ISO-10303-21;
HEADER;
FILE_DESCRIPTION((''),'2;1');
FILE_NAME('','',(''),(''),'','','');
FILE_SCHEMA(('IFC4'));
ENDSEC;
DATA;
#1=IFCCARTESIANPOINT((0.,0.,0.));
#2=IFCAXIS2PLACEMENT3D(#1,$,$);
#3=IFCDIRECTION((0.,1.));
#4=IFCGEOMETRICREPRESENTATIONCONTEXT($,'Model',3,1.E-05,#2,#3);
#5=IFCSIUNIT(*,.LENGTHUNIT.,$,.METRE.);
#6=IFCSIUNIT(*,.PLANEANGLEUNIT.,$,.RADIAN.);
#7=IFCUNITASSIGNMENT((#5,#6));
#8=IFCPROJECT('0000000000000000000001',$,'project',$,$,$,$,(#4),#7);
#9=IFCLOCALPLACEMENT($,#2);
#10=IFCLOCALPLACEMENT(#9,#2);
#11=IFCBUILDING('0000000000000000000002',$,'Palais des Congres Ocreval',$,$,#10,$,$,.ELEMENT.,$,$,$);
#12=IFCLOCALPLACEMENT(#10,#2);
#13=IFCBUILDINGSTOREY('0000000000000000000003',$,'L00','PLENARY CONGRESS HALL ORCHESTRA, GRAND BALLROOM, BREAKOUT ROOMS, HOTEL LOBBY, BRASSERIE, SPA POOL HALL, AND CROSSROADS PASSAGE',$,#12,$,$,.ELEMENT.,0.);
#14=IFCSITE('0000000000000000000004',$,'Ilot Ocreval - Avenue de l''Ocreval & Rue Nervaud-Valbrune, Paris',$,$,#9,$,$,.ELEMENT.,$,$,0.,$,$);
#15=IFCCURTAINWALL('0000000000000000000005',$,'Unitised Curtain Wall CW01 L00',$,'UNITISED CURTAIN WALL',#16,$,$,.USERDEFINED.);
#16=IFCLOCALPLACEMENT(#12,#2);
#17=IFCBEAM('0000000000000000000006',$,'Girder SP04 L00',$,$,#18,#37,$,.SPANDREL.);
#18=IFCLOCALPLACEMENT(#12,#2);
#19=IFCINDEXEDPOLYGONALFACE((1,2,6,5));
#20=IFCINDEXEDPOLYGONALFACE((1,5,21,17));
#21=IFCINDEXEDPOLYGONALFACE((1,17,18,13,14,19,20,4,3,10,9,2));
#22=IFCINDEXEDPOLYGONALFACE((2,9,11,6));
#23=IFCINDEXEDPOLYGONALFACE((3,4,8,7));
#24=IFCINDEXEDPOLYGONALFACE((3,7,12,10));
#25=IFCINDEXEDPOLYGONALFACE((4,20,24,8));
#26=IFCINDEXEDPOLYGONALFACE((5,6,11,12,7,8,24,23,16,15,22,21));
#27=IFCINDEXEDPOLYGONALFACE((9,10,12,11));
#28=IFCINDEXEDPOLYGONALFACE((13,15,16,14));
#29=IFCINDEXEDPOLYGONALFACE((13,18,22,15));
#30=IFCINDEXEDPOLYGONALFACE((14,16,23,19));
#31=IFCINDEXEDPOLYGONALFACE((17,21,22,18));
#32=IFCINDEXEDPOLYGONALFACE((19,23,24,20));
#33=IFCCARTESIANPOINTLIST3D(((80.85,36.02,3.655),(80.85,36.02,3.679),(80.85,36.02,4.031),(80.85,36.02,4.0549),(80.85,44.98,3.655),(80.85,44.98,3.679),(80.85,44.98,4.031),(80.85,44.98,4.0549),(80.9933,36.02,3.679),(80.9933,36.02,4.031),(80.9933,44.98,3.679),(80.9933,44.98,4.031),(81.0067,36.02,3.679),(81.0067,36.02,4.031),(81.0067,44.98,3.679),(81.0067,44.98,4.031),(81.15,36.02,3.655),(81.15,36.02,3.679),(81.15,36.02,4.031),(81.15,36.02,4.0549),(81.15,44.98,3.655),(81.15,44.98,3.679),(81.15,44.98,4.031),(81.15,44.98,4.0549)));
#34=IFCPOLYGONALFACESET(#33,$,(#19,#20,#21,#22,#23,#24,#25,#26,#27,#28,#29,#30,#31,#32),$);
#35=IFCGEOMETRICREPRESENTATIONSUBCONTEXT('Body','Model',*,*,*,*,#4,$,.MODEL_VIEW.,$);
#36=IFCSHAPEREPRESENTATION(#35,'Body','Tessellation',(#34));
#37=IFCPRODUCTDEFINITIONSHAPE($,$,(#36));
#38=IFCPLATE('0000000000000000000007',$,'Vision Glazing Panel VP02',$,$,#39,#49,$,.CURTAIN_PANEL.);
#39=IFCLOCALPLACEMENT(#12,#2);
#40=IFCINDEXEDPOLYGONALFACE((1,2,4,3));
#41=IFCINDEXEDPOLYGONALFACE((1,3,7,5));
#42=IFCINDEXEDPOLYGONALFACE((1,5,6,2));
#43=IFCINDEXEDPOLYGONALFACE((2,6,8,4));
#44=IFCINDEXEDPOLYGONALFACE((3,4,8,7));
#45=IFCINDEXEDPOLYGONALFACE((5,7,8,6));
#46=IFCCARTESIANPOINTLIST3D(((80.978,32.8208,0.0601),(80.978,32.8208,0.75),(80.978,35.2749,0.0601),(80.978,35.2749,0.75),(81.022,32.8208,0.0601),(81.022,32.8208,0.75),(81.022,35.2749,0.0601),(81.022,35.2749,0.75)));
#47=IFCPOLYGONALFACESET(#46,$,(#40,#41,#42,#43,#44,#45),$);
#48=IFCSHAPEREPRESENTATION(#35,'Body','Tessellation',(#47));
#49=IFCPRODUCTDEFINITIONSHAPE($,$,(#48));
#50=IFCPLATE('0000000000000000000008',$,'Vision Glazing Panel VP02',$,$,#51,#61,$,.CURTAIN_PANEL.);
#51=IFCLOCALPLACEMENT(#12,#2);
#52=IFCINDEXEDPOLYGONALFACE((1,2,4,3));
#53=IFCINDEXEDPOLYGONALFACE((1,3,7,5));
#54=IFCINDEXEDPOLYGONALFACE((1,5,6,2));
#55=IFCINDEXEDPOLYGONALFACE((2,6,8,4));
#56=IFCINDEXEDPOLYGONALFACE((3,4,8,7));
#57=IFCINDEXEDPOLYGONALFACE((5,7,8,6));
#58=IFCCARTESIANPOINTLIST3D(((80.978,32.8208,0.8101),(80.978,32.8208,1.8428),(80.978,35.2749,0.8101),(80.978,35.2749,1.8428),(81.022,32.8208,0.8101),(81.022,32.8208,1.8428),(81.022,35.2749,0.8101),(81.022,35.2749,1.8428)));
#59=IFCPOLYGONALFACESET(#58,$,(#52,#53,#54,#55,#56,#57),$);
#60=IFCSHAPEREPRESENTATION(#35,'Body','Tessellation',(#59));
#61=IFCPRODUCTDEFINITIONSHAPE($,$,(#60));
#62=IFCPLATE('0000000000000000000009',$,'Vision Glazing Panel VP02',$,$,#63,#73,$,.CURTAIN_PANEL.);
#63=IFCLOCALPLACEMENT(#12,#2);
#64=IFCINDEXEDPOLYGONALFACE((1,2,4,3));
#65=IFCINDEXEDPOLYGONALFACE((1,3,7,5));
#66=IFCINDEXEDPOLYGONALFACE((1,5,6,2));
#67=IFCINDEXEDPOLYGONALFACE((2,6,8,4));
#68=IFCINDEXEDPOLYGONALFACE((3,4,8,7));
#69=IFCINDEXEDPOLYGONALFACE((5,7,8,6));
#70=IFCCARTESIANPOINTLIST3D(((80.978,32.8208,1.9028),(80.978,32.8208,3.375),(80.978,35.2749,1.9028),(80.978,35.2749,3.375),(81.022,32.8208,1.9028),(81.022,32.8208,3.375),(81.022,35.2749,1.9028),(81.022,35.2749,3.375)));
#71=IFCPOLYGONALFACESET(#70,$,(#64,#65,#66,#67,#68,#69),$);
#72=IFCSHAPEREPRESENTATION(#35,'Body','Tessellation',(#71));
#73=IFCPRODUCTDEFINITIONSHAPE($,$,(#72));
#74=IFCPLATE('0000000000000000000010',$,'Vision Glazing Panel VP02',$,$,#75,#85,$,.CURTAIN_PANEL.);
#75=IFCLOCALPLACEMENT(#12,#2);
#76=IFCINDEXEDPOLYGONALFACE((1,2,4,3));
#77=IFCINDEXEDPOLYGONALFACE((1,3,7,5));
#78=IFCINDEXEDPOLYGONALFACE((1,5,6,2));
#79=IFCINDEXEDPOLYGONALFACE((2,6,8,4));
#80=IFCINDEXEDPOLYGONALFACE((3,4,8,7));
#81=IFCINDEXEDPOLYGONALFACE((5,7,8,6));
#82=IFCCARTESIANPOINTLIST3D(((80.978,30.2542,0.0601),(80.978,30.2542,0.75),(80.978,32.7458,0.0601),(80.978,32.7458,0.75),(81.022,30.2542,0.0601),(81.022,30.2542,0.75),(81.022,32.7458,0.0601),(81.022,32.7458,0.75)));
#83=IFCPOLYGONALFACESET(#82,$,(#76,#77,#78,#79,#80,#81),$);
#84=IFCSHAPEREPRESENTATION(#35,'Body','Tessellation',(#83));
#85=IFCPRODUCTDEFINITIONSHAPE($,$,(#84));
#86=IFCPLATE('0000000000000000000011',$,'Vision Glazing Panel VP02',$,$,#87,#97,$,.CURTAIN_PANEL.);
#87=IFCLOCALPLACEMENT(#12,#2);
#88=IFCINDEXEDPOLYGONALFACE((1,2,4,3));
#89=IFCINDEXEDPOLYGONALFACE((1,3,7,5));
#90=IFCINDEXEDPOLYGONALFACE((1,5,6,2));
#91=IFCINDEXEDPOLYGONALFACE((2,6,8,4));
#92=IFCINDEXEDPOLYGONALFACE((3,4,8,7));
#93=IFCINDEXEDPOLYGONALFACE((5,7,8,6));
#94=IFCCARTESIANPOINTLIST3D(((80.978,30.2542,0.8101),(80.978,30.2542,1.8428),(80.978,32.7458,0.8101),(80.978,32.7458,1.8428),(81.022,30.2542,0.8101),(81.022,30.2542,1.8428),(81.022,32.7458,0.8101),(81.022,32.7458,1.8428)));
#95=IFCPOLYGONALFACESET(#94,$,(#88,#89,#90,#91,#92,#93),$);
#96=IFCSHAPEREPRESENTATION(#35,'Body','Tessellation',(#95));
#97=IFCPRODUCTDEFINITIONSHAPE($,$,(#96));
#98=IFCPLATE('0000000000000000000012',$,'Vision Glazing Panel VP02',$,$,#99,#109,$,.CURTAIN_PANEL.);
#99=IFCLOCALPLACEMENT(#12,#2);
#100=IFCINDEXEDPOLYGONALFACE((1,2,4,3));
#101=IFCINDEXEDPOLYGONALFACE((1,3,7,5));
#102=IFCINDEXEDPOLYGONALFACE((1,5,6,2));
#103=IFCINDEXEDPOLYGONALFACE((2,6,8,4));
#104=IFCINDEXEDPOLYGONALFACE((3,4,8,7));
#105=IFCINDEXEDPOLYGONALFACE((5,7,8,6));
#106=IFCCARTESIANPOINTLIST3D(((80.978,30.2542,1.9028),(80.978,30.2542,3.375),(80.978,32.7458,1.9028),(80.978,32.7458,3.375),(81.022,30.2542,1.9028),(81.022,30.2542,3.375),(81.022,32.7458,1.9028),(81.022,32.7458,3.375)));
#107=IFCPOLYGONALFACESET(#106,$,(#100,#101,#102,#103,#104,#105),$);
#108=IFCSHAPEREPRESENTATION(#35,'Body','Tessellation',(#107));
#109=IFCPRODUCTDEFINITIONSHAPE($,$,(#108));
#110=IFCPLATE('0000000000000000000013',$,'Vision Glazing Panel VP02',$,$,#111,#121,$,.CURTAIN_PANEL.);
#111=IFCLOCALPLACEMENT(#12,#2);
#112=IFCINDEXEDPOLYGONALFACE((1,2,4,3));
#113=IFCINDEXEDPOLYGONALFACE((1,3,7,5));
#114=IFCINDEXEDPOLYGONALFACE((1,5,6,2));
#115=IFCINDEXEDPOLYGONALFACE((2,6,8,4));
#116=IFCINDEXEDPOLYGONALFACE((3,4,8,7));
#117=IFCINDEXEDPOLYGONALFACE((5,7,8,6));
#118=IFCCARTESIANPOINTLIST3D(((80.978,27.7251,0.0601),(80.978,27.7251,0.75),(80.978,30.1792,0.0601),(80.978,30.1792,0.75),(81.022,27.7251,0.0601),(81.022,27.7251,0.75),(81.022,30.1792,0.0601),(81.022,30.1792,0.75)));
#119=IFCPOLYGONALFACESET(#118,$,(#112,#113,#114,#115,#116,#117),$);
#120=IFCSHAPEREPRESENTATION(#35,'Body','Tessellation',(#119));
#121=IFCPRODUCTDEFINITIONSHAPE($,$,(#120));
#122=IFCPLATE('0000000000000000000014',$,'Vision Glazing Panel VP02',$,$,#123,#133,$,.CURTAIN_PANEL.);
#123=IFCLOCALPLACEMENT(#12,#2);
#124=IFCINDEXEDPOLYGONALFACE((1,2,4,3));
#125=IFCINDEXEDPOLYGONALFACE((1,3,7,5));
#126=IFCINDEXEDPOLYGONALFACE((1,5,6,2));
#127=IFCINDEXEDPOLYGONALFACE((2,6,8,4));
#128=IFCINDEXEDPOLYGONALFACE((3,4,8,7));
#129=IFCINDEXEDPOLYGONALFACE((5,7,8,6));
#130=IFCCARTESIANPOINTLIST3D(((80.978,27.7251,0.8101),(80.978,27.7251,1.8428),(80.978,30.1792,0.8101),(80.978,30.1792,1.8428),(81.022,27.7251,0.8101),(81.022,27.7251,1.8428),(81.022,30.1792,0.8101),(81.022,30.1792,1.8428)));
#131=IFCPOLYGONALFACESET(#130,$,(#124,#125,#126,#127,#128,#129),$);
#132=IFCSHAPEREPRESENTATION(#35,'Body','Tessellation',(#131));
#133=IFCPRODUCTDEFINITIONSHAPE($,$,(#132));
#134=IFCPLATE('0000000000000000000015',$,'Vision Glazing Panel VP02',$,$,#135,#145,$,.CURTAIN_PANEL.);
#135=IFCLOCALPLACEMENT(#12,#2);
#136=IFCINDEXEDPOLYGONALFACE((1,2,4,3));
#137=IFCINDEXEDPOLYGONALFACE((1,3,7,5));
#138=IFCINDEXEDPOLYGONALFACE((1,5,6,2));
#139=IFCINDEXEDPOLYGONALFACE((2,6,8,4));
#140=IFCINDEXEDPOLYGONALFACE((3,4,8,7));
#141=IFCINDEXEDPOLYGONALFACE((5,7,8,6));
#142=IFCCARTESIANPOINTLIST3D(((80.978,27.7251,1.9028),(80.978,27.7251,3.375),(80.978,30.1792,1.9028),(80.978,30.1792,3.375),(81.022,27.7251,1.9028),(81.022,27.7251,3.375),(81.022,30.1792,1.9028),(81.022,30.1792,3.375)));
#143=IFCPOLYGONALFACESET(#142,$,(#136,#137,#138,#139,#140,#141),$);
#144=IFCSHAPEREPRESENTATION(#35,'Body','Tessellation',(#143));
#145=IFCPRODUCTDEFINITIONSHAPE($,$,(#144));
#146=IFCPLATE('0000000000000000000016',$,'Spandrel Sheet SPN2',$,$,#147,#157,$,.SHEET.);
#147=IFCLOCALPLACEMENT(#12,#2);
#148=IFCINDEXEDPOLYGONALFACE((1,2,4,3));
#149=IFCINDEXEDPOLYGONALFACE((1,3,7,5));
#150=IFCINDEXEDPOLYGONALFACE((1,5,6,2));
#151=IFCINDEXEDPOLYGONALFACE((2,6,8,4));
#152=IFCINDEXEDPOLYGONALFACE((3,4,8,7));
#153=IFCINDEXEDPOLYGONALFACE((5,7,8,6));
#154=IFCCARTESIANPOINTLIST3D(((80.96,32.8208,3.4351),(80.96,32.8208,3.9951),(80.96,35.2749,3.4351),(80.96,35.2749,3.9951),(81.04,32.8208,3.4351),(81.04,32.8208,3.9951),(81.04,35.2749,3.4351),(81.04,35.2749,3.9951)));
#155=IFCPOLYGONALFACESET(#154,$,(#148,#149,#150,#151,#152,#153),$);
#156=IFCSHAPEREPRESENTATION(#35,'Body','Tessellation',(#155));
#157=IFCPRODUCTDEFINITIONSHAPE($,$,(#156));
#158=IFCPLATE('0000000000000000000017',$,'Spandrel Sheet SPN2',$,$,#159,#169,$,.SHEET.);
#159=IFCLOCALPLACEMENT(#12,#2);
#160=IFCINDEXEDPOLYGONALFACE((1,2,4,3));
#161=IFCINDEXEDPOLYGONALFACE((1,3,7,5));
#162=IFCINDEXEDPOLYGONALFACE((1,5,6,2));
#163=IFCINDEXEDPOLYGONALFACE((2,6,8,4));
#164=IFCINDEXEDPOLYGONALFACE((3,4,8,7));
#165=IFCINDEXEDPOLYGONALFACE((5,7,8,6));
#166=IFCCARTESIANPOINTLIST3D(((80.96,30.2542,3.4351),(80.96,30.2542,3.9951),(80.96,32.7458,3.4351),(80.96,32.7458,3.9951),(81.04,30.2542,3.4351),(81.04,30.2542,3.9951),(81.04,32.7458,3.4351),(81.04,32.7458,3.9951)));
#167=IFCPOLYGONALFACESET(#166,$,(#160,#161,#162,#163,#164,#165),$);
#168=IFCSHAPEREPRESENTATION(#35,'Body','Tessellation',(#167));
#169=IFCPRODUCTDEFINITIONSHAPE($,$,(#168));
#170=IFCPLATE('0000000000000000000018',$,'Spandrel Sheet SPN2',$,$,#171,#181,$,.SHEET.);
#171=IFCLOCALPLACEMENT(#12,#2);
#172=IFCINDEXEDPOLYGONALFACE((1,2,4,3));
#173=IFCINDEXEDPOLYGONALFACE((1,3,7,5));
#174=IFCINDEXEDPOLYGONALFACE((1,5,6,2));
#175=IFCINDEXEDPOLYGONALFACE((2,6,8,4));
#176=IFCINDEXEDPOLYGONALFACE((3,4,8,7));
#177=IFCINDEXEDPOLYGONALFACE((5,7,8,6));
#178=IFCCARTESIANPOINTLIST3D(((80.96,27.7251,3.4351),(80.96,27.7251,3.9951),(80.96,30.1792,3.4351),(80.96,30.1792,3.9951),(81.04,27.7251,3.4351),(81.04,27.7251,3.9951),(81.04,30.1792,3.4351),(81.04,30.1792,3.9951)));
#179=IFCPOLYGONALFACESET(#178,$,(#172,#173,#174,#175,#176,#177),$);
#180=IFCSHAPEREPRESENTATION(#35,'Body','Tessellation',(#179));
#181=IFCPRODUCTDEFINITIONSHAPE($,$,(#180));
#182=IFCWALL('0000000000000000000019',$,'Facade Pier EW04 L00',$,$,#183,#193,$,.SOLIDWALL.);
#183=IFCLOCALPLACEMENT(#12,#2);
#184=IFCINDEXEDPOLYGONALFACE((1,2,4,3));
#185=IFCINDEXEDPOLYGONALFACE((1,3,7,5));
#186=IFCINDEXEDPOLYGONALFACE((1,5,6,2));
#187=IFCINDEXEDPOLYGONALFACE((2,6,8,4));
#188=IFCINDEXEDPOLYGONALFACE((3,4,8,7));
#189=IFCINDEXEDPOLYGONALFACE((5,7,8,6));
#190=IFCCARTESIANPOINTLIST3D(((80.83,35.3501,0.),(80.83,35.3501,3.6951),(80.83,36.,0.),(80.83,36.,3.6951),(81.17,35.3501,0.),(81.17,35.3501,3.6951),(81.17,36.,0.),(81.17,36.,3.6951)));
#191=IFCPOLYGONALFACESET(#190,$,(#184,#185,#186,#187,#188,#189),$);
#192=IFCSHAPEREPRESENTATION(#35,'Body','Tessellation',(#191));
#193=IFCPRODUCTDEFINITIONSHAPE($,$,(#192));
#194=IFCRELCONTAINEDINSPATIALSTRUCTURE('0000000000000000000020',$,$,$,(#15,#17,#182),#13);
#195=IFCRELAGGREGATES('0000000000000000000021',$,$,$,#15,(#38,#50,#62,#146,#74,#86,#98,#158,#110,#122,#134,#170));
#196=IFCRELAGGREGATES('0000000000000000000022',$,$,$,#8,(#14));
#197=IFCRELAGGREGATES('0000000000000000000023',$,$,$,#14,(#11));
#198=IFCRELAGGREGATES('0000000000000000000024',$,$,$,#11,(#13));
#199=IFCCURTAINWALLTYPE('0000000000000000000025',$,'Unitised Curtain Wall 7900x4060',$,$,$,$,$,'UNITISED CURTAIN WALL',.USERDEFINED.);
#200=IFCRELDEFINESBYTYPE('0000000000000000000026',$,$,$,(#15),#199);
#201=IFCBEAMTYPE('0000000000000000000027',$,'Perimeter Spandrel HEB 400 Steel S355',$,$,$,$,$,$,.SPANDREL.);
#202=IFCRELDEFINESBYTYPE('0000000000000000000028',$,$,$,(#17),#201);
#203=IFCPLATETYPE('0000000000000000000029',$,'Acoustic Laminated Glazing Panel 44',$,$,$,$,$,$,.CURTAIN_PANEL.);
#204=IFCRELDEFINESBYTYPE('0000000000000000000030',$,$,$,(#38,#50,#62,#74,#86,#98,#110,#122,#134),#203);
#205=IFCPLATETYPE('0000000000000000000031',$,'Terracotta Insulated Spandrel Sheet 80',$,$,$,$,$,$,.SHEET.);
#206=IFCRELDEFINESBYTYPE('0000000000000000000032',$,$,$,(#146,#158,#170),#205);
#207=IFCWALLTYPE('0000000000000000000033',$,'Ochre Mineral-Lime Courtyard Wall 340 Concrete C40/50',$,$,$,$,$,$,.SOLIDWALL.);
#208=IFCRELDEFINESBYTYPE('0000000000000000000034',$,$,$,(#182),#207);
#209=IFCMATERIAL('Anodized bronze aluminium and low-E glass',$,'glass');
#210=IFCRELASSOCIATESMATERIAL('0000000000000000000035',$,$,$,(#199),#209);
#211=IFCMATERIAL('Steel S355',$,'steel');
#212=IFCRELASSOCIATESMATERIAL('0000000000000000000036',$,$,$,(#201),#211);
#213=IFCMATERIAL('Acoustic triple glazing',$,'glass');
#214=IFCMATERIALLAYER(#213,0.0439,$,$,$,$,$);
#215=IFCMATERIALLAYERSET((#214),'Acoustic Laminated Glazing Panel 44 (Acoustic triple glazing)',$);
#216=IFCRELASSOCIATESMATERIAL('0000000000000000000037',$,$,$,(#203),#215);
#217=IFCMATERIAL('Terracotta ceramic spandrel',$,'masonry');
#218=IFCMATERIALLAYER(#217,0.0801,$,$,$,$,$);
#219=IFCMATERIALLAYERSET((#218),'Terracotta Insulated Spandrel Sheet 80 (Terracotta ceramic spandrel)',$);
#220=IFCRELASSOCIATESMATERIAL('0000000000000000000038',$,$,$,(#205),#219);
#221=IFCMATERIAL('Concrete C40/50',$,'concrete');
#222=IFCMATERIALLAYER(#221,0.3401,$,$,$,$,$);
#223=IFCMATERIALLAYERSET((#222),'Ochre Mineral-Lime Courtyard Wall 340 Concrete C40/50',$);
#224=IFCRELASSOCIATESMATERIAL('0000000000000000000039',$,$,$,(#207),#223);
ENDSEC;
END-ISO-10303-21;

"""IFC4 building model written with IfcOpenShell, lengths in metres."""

from ifc_helpers import new_model, si_unit, direction, frame, frame_2d, origin, origin_2d, place, context, subcontext, project, spatial, rectangle, i_section, extrude, material, layer, layer_set, material_profile, profile_set, type_object, element, aggregate, save


model = new_model("IFC4")

# Units and contexts
model_context = context("Model", 3, precision=1e-05, world=origin(), true_north=direction((0.0, 1.0)))
body_context = subcontext(model_context, "Body", "Model", "MODEL_VIEW")
ifc_project = project(units=[si_unit("LENGTHUNIT", "METRE"), si_unit("PLANEANGLEUNIT", "RADIAN")], contexts=[model_context])

# Site, building, storey
site_placement = place(None, origin())
site = spatial("IfcSite", under=ifc_project, at=site_placement, Name="Ilot Ocreval - Avenue de l'Ocreval & Rue Nervaud-Valbrune, Paris", CompositionType="ELEMENT", RefElevation=0.0)
building_placement = place(site_placement, origin())
building = spatial("IfcBuilding", under=site, at=building_placement, Name="Palais des Congres Ocreval", CompositionType="ELEMENT")
storey_placement = place(building_placement, origin())
storey = spatial("IfcBuildingStorey", under=building, at=storey_placement, Name="L00", Description="PLENARY CONGRESS HALL ORCHESTRA, GRAND BALLROOM, BREAKOUT ROOMS, HOTEL LOBBY, BRASSERIE, SPA POOL HALL, AND CROSSROADS PASSAGE", CompositionType="ELEMENT", Elevation=0.0)

# Shared definitions
ifc_material_1 = material(Name="Steel S355", Category="steel")

# Curtain wall
ifc_material_2 = material(Name="Anodized bronze aluminium and low-E glass", Category="glass")
curtain_wall_type = type_object("IfcCurtainWallType", Name="Unitised Curtain Wall 7900x4060", ElementType="UNITISED CURTAIN WALL", PredefinedType="USERDEFINED", material=ifc_material_2)
curtain_wall_placement = place(storey_placement, origin())
curtain_wall = element("IfcCurtainWall", 1, at=curtain_wall_placement, inside=storey, type_object=curtain_wall_type, Name="Unitised Curtain Wall CW01 L00", ObjectType="UNITISED CURTAIN WALL", PredefinedType="USERDEFINED")

# Beam
ifc_material_profile_1 = material_profile(ifc_material_1, i_section(OverallWidth=0.3, OverallDepth=0.3999, WebThickness=0.0134, FlangeThickness=0.0239, at=origin_2d()), Name="HEB 400")
ifc_profile_set_1 = profile_set([ifc_material_profile_1], Name="Steel S355")
beam_type_1 = type_object("IfcBeamType", Name="Perimeter Spandrel HEB 400 Steel S355", PredefinedType="SPANDREL", material=ifc_profile_set_1)
beam_1_placement = place(storey_placement, frame((81.0, 36.02, 3.855), z_axis=(0.0, 1.0, 0.0), x_axis=(-1.0, 0.0, 0.0)))
element("IfcBeam", 2, at=beam_1_placement, inside=storey, type_object=beam_type_1, Name="Girder SP04 L00", PredefinedType="SPANDREL", context=body_context, shape_type="SweptSolid", body=[
    extrude(i_section(OverallWidth=0.3, OverallDepth=0.3999, WebThickness=0.0134, FlangeThickness=0.0239, at=origin_2d()), origin(), (0.0, 0.0, 1.0), 8.96),
])

# Plates
ifc_material_3 = material(Name="Acoustic triple glazing", Category="glass")
ifc_layer_1 = layer(ifc_material_3, 0.0439)
ifc_layer_set_1 = layer_set([ifc_layer_1], Name="Acoustic Laminated Glazing Panel 44 (Acoustic triple glazing)")
plate_type_1 = type_object("IfcPlateType", Name="Acoustic Laminated Glazing Panel 44", PredefinedType="CURTAIN_PANEL", material=ifc_layer_set_1)
plate_1_placement = place(storey_placement, frame((81.0, 34.0479, 0.0601), z_axis=(0.0, 0.0, 1.0), x_axis=(0.0, -1.0, 0.0)))
plate_1 = element("IfcPlate", 3, at=plate_1_placement, type_object=plate_type_1, Name="Vision Glazing Panel VP02", PredefinedType="CURTAIN_PANEL", context=body_context, shape_type="SweptSolid", body=[
    extrude(rectangle(XDim=2.4541, YDim=0.0439, at=origin_2d()), origin(), (0.0, 0.0, 1.0), 0.6899),
])
plate_2_placement = place(storey_placement, frame((81.0, 34.0479, 0.8101), z_axis=(0.0, 0.0, 1.0), x_axis=(0.0, -1.0, 0.0)))
plate_2 = element("IfcPlate", 4, at=plate_2_placement, type_object=plate_type_1, Name="Vision Glazing Panel VP02", PredefinedType="CURTAIN_PANEL", context=body_context, shape_type="SweptSolid", body=[
    extrude(rectangle(XDim=2.4541, YDim=0.0439, at=origin_2d()), origin(), (0.0, 0.0, 1.0), 1.0327),
])
plate_3_placement = place(storey_placement, frame((81.0, 34.0479, 1.9028), z_axis=(0.0, 0.0, 1.0), x_axis=(0.0, -1.0, 0.0)))
plate_3 = element("IfcPlate", 5, at=plate_3_placement, type_object=plate_type_1, Name="Vision Glazing Panel VP02", PredefinedType="CURTAIN_PANEL", context=body_context, shape_type="SweptSolid", body=[
    extrude(rectangle(XDim=2.4541, YDim=0.0439, at=origin_2d()), origin(), (0.0, 0.0, 1.0), 1.4722),
])
plate_4_placement = place(storey_placement, frame((81.0, 31.5, 0.0601), z_axis=(0.0, 0.0, 1.0), x_axis=(0.0, -1.0, 0.0)))
plate_4 = element("IfcPlate", 6, at=plate_4_placement, type_object=plate_type_1, Name="Vision Glazing Panel VP02", PredefinedType="CURTAIN_PANEL", context=body_context, shape_type="SweptSolid", body=[
    extrude(rectangle(XDim=2.4917, YDim=0.0439, at=origin_2d()), origin(), (0.0, 0.0, 1.0), 0.6899),
])
plate_5_placement = place(storey_placement, frame((81.0, 31.5, 0.8101), z_axis=(0.0, 0.0, 1.0), x_axis=(0.0, -1.0, 0.0)))
plate_5 = element("IfcPlate", 7, at=plate_5_placement, type_object=plate_type_1, Name="Vision Glazing Panel VP02", PredefinedType="CURTAIN_PANEL", context=body_context, shape_type="SweptSolid", body=[
    extrude(rectangle(XDim=2.4917, YDim=0.0439, at=origin_2d()), origin(), (0.0, 0.0, 1.0), 1.0327),
])
plate_6_placement = place(storey_placement, frame((81.0, 31.5, 1.9028), z_axis=(0.0, 0.0, 1.0), x_axis=(0.0, -1.0, 0.0)))
plate_6 = element("IfcPlate", 8, at=plate_6_placement, type_object=plate_type_1, Name="Vision Glazing Panel VP02", PredefinedType="CURTAIN_PANEL", context=body_context, shape_type="SweptSolid", body=[
    extrude(rectangle(XDim=2.4917, YDim=0.0439, at=origin_2d()), origin(), (0.0, 0.0, 1.0), 1.4722),
])
plate_7_placement = place(storey_placement, frame((81.0, 28.9521, 0.0601), z_axis=(0.0, 0.0, 1.0), x_axis=(0.0, -1.0, 0.0)))
plate_7 = element("IfcPlate", 9, at=plate_7_placement, type_object=plate_type_1, Name="Vision Glazing Panel VP02", PredefinedType="CURTAIN_PANEL", context=body_context, shape_type="SweptSolid", body=[
    extrude(rectangle(XDim=2.4541, YDim=0.0439, at=origin_2d()), origin(), (0.0, 0.0, 1.0), 0.6899),
])
plate_8_placement = place(storey_placement, frame((81.0, 28.9521, 0.8101), z_axis=(0.0, 0.0, 1.0), x_axis=(0.0, -1.0, 0.0)))
plate_8 = element("IfcPlate", 10, at=plate_8_placement, type_object=plate_type_1, Name="Vision Glazing Panel VP02", PredefinedType="CURTAIN_PANEL", context=body_context, shape_type="SweptSolid", body=[
    extrude(rectangle(XDim=2.4541, YDim=0.0439, at=origin_2d()), origin(), (0.0, 0.0, 1.0), 1.0327),
])
plate_9_placement = place(storey_placement, frame((81.0, 28.9521, 1.9028), z_axis=(0.0, 0.0, 1.0), x_axis=(0.0, -1.0, 0.0)))
plate_9 = element("IfcPlate", 11, at=plate_9_placement, type_object=plate_type_1, Name="Vision Glazing Panel VP02", PredefinedType="CURTAIN_PANEL", context=body_context, shape_type="SweptSolid", body=[
    extrude(rectangle(XDim=2.4541, YDim=0.0439, at=origin_2d()), origin(), (0.0, 0.0, 1.0), 1.4722),
])
ifc_material_4 = material(Name="Terracotta ceramic spandrel", Category="masonry")
ifc_layer_2 = layer(ifc_material_4, 0.0801)
ifc_layer_set_2 = layer_set([ifc_layer_2], Name="Terracotta Insulated Spandrel Sheet 80 (Terracotta ceramic spandrel)")
plate_type_2 = type_object("IfcPlateType", Name="Terracotta Insulated Spandrel Sheet 80", PredefinedType="SHEET", material=ifc_layer_set_2)
plate_10_placement = place(storey_placement, frame((81.0, 34.0479, 3.4351), z_axis=(0.0, 0.0, 1.0), x_axis=(0.0, -1.0, 0.0)))
plate_10 = element("IfcPlate", 12, at=plate_10_placement, type_object=plate_type_2, Name="Spandrel Sheet SPN2", PredefinedType="SHEET", context=body_context, shape_type="SweptSolid", body=[
    extrude(rectangle(XDim=2.4541, YDim=0.0801, at=origin_2d()), origin(), (0.0, 0.0, 1.0), 0.5601),
])
plate_11_placement = place(storey_placement, frame((81.0, 31.5, 3.4351), z_axis=(0.0, 0.0, 1.0), x_axis=(0.0, -1.0, 0.0)))
plate_11 = element("IfcPlate", 13, at=plate_11_placement, type_object=plate_type_2, Name="Spandrel Sheet SPN2", PredefinedType="SHEET", context=body_context, shape_type="SweptSolid", body=[
    extrude(rectangle(XDim=2.4917, YDim=0.0801, at=origin_2d()), origin(), (0.0, 0.0, 1.0), 0.5601),
])
plate_12_placement = place(storey_placement, frame((81.0, 28.9521, 3.4351), z_axis=(0.0, 0.0, 1.0), x_axis=(0.0, -1.0, 0.0)))
plate_12 = element("IfcPlate", 14, at=plate_12_placement, type_object=plate_type_2, Name="Spandrel Sheet SPN2", PredefinedType="SHEET", context=body_context, shape_type="SweptSolid", body=[
    extrude(rectangle(XDim=2.4541, YDim=0.0801, at=origin_2d()), origin(), (0.0, 0.0, 1.0), 0.5601),
])
aggregate(curtain_wall, [plate_1, plate_2, plate_3, plate_10, plate_4, plate_5, plate_6, plate_11, plate_7, plate_8, plate_9, plate_12])

# Wall
ifc_material_5 = material(Name="Concrete C40/50", Category="concrete")
ifc_layer_3 = layer(ifc_material_5, 0.3401)
ifc_layer_set_3 = layer_set([ifc_layer_3], Name="Ochre Mineral-Lime Courtyard Wall 340 Concrete C40/50")
wall_type = type_object("IfcWallType", Name="Ochre Mineral-Lime Courtyard Wall 340 Concrete C40/50", PredefinedType="SOLIDWALL", material=ifc_layer_set_3)
wall_placement = place(storey_placement, frame((81.0, 36.0, 0.0), z_axis=(0.0, 0.0, 1.0), x_axis=(0.0, -1.0, 0.0)))
element("IfcWall", 15, at=wall_placement, inside=storey, type_object=wall_type, Name="Facade Pier EW04 L00", PredefinedType="SOLIDWALL", context=body_context, shape_type="SweptSolid", body=[
    extrude(rectangle(XDim=0.6499, YDim=0.3401, at=frame_2d((0.325, 0.0))), origin(), (0.0, 0.0, 1.0), 3.6951),
])

save(model, "model.ifc")
